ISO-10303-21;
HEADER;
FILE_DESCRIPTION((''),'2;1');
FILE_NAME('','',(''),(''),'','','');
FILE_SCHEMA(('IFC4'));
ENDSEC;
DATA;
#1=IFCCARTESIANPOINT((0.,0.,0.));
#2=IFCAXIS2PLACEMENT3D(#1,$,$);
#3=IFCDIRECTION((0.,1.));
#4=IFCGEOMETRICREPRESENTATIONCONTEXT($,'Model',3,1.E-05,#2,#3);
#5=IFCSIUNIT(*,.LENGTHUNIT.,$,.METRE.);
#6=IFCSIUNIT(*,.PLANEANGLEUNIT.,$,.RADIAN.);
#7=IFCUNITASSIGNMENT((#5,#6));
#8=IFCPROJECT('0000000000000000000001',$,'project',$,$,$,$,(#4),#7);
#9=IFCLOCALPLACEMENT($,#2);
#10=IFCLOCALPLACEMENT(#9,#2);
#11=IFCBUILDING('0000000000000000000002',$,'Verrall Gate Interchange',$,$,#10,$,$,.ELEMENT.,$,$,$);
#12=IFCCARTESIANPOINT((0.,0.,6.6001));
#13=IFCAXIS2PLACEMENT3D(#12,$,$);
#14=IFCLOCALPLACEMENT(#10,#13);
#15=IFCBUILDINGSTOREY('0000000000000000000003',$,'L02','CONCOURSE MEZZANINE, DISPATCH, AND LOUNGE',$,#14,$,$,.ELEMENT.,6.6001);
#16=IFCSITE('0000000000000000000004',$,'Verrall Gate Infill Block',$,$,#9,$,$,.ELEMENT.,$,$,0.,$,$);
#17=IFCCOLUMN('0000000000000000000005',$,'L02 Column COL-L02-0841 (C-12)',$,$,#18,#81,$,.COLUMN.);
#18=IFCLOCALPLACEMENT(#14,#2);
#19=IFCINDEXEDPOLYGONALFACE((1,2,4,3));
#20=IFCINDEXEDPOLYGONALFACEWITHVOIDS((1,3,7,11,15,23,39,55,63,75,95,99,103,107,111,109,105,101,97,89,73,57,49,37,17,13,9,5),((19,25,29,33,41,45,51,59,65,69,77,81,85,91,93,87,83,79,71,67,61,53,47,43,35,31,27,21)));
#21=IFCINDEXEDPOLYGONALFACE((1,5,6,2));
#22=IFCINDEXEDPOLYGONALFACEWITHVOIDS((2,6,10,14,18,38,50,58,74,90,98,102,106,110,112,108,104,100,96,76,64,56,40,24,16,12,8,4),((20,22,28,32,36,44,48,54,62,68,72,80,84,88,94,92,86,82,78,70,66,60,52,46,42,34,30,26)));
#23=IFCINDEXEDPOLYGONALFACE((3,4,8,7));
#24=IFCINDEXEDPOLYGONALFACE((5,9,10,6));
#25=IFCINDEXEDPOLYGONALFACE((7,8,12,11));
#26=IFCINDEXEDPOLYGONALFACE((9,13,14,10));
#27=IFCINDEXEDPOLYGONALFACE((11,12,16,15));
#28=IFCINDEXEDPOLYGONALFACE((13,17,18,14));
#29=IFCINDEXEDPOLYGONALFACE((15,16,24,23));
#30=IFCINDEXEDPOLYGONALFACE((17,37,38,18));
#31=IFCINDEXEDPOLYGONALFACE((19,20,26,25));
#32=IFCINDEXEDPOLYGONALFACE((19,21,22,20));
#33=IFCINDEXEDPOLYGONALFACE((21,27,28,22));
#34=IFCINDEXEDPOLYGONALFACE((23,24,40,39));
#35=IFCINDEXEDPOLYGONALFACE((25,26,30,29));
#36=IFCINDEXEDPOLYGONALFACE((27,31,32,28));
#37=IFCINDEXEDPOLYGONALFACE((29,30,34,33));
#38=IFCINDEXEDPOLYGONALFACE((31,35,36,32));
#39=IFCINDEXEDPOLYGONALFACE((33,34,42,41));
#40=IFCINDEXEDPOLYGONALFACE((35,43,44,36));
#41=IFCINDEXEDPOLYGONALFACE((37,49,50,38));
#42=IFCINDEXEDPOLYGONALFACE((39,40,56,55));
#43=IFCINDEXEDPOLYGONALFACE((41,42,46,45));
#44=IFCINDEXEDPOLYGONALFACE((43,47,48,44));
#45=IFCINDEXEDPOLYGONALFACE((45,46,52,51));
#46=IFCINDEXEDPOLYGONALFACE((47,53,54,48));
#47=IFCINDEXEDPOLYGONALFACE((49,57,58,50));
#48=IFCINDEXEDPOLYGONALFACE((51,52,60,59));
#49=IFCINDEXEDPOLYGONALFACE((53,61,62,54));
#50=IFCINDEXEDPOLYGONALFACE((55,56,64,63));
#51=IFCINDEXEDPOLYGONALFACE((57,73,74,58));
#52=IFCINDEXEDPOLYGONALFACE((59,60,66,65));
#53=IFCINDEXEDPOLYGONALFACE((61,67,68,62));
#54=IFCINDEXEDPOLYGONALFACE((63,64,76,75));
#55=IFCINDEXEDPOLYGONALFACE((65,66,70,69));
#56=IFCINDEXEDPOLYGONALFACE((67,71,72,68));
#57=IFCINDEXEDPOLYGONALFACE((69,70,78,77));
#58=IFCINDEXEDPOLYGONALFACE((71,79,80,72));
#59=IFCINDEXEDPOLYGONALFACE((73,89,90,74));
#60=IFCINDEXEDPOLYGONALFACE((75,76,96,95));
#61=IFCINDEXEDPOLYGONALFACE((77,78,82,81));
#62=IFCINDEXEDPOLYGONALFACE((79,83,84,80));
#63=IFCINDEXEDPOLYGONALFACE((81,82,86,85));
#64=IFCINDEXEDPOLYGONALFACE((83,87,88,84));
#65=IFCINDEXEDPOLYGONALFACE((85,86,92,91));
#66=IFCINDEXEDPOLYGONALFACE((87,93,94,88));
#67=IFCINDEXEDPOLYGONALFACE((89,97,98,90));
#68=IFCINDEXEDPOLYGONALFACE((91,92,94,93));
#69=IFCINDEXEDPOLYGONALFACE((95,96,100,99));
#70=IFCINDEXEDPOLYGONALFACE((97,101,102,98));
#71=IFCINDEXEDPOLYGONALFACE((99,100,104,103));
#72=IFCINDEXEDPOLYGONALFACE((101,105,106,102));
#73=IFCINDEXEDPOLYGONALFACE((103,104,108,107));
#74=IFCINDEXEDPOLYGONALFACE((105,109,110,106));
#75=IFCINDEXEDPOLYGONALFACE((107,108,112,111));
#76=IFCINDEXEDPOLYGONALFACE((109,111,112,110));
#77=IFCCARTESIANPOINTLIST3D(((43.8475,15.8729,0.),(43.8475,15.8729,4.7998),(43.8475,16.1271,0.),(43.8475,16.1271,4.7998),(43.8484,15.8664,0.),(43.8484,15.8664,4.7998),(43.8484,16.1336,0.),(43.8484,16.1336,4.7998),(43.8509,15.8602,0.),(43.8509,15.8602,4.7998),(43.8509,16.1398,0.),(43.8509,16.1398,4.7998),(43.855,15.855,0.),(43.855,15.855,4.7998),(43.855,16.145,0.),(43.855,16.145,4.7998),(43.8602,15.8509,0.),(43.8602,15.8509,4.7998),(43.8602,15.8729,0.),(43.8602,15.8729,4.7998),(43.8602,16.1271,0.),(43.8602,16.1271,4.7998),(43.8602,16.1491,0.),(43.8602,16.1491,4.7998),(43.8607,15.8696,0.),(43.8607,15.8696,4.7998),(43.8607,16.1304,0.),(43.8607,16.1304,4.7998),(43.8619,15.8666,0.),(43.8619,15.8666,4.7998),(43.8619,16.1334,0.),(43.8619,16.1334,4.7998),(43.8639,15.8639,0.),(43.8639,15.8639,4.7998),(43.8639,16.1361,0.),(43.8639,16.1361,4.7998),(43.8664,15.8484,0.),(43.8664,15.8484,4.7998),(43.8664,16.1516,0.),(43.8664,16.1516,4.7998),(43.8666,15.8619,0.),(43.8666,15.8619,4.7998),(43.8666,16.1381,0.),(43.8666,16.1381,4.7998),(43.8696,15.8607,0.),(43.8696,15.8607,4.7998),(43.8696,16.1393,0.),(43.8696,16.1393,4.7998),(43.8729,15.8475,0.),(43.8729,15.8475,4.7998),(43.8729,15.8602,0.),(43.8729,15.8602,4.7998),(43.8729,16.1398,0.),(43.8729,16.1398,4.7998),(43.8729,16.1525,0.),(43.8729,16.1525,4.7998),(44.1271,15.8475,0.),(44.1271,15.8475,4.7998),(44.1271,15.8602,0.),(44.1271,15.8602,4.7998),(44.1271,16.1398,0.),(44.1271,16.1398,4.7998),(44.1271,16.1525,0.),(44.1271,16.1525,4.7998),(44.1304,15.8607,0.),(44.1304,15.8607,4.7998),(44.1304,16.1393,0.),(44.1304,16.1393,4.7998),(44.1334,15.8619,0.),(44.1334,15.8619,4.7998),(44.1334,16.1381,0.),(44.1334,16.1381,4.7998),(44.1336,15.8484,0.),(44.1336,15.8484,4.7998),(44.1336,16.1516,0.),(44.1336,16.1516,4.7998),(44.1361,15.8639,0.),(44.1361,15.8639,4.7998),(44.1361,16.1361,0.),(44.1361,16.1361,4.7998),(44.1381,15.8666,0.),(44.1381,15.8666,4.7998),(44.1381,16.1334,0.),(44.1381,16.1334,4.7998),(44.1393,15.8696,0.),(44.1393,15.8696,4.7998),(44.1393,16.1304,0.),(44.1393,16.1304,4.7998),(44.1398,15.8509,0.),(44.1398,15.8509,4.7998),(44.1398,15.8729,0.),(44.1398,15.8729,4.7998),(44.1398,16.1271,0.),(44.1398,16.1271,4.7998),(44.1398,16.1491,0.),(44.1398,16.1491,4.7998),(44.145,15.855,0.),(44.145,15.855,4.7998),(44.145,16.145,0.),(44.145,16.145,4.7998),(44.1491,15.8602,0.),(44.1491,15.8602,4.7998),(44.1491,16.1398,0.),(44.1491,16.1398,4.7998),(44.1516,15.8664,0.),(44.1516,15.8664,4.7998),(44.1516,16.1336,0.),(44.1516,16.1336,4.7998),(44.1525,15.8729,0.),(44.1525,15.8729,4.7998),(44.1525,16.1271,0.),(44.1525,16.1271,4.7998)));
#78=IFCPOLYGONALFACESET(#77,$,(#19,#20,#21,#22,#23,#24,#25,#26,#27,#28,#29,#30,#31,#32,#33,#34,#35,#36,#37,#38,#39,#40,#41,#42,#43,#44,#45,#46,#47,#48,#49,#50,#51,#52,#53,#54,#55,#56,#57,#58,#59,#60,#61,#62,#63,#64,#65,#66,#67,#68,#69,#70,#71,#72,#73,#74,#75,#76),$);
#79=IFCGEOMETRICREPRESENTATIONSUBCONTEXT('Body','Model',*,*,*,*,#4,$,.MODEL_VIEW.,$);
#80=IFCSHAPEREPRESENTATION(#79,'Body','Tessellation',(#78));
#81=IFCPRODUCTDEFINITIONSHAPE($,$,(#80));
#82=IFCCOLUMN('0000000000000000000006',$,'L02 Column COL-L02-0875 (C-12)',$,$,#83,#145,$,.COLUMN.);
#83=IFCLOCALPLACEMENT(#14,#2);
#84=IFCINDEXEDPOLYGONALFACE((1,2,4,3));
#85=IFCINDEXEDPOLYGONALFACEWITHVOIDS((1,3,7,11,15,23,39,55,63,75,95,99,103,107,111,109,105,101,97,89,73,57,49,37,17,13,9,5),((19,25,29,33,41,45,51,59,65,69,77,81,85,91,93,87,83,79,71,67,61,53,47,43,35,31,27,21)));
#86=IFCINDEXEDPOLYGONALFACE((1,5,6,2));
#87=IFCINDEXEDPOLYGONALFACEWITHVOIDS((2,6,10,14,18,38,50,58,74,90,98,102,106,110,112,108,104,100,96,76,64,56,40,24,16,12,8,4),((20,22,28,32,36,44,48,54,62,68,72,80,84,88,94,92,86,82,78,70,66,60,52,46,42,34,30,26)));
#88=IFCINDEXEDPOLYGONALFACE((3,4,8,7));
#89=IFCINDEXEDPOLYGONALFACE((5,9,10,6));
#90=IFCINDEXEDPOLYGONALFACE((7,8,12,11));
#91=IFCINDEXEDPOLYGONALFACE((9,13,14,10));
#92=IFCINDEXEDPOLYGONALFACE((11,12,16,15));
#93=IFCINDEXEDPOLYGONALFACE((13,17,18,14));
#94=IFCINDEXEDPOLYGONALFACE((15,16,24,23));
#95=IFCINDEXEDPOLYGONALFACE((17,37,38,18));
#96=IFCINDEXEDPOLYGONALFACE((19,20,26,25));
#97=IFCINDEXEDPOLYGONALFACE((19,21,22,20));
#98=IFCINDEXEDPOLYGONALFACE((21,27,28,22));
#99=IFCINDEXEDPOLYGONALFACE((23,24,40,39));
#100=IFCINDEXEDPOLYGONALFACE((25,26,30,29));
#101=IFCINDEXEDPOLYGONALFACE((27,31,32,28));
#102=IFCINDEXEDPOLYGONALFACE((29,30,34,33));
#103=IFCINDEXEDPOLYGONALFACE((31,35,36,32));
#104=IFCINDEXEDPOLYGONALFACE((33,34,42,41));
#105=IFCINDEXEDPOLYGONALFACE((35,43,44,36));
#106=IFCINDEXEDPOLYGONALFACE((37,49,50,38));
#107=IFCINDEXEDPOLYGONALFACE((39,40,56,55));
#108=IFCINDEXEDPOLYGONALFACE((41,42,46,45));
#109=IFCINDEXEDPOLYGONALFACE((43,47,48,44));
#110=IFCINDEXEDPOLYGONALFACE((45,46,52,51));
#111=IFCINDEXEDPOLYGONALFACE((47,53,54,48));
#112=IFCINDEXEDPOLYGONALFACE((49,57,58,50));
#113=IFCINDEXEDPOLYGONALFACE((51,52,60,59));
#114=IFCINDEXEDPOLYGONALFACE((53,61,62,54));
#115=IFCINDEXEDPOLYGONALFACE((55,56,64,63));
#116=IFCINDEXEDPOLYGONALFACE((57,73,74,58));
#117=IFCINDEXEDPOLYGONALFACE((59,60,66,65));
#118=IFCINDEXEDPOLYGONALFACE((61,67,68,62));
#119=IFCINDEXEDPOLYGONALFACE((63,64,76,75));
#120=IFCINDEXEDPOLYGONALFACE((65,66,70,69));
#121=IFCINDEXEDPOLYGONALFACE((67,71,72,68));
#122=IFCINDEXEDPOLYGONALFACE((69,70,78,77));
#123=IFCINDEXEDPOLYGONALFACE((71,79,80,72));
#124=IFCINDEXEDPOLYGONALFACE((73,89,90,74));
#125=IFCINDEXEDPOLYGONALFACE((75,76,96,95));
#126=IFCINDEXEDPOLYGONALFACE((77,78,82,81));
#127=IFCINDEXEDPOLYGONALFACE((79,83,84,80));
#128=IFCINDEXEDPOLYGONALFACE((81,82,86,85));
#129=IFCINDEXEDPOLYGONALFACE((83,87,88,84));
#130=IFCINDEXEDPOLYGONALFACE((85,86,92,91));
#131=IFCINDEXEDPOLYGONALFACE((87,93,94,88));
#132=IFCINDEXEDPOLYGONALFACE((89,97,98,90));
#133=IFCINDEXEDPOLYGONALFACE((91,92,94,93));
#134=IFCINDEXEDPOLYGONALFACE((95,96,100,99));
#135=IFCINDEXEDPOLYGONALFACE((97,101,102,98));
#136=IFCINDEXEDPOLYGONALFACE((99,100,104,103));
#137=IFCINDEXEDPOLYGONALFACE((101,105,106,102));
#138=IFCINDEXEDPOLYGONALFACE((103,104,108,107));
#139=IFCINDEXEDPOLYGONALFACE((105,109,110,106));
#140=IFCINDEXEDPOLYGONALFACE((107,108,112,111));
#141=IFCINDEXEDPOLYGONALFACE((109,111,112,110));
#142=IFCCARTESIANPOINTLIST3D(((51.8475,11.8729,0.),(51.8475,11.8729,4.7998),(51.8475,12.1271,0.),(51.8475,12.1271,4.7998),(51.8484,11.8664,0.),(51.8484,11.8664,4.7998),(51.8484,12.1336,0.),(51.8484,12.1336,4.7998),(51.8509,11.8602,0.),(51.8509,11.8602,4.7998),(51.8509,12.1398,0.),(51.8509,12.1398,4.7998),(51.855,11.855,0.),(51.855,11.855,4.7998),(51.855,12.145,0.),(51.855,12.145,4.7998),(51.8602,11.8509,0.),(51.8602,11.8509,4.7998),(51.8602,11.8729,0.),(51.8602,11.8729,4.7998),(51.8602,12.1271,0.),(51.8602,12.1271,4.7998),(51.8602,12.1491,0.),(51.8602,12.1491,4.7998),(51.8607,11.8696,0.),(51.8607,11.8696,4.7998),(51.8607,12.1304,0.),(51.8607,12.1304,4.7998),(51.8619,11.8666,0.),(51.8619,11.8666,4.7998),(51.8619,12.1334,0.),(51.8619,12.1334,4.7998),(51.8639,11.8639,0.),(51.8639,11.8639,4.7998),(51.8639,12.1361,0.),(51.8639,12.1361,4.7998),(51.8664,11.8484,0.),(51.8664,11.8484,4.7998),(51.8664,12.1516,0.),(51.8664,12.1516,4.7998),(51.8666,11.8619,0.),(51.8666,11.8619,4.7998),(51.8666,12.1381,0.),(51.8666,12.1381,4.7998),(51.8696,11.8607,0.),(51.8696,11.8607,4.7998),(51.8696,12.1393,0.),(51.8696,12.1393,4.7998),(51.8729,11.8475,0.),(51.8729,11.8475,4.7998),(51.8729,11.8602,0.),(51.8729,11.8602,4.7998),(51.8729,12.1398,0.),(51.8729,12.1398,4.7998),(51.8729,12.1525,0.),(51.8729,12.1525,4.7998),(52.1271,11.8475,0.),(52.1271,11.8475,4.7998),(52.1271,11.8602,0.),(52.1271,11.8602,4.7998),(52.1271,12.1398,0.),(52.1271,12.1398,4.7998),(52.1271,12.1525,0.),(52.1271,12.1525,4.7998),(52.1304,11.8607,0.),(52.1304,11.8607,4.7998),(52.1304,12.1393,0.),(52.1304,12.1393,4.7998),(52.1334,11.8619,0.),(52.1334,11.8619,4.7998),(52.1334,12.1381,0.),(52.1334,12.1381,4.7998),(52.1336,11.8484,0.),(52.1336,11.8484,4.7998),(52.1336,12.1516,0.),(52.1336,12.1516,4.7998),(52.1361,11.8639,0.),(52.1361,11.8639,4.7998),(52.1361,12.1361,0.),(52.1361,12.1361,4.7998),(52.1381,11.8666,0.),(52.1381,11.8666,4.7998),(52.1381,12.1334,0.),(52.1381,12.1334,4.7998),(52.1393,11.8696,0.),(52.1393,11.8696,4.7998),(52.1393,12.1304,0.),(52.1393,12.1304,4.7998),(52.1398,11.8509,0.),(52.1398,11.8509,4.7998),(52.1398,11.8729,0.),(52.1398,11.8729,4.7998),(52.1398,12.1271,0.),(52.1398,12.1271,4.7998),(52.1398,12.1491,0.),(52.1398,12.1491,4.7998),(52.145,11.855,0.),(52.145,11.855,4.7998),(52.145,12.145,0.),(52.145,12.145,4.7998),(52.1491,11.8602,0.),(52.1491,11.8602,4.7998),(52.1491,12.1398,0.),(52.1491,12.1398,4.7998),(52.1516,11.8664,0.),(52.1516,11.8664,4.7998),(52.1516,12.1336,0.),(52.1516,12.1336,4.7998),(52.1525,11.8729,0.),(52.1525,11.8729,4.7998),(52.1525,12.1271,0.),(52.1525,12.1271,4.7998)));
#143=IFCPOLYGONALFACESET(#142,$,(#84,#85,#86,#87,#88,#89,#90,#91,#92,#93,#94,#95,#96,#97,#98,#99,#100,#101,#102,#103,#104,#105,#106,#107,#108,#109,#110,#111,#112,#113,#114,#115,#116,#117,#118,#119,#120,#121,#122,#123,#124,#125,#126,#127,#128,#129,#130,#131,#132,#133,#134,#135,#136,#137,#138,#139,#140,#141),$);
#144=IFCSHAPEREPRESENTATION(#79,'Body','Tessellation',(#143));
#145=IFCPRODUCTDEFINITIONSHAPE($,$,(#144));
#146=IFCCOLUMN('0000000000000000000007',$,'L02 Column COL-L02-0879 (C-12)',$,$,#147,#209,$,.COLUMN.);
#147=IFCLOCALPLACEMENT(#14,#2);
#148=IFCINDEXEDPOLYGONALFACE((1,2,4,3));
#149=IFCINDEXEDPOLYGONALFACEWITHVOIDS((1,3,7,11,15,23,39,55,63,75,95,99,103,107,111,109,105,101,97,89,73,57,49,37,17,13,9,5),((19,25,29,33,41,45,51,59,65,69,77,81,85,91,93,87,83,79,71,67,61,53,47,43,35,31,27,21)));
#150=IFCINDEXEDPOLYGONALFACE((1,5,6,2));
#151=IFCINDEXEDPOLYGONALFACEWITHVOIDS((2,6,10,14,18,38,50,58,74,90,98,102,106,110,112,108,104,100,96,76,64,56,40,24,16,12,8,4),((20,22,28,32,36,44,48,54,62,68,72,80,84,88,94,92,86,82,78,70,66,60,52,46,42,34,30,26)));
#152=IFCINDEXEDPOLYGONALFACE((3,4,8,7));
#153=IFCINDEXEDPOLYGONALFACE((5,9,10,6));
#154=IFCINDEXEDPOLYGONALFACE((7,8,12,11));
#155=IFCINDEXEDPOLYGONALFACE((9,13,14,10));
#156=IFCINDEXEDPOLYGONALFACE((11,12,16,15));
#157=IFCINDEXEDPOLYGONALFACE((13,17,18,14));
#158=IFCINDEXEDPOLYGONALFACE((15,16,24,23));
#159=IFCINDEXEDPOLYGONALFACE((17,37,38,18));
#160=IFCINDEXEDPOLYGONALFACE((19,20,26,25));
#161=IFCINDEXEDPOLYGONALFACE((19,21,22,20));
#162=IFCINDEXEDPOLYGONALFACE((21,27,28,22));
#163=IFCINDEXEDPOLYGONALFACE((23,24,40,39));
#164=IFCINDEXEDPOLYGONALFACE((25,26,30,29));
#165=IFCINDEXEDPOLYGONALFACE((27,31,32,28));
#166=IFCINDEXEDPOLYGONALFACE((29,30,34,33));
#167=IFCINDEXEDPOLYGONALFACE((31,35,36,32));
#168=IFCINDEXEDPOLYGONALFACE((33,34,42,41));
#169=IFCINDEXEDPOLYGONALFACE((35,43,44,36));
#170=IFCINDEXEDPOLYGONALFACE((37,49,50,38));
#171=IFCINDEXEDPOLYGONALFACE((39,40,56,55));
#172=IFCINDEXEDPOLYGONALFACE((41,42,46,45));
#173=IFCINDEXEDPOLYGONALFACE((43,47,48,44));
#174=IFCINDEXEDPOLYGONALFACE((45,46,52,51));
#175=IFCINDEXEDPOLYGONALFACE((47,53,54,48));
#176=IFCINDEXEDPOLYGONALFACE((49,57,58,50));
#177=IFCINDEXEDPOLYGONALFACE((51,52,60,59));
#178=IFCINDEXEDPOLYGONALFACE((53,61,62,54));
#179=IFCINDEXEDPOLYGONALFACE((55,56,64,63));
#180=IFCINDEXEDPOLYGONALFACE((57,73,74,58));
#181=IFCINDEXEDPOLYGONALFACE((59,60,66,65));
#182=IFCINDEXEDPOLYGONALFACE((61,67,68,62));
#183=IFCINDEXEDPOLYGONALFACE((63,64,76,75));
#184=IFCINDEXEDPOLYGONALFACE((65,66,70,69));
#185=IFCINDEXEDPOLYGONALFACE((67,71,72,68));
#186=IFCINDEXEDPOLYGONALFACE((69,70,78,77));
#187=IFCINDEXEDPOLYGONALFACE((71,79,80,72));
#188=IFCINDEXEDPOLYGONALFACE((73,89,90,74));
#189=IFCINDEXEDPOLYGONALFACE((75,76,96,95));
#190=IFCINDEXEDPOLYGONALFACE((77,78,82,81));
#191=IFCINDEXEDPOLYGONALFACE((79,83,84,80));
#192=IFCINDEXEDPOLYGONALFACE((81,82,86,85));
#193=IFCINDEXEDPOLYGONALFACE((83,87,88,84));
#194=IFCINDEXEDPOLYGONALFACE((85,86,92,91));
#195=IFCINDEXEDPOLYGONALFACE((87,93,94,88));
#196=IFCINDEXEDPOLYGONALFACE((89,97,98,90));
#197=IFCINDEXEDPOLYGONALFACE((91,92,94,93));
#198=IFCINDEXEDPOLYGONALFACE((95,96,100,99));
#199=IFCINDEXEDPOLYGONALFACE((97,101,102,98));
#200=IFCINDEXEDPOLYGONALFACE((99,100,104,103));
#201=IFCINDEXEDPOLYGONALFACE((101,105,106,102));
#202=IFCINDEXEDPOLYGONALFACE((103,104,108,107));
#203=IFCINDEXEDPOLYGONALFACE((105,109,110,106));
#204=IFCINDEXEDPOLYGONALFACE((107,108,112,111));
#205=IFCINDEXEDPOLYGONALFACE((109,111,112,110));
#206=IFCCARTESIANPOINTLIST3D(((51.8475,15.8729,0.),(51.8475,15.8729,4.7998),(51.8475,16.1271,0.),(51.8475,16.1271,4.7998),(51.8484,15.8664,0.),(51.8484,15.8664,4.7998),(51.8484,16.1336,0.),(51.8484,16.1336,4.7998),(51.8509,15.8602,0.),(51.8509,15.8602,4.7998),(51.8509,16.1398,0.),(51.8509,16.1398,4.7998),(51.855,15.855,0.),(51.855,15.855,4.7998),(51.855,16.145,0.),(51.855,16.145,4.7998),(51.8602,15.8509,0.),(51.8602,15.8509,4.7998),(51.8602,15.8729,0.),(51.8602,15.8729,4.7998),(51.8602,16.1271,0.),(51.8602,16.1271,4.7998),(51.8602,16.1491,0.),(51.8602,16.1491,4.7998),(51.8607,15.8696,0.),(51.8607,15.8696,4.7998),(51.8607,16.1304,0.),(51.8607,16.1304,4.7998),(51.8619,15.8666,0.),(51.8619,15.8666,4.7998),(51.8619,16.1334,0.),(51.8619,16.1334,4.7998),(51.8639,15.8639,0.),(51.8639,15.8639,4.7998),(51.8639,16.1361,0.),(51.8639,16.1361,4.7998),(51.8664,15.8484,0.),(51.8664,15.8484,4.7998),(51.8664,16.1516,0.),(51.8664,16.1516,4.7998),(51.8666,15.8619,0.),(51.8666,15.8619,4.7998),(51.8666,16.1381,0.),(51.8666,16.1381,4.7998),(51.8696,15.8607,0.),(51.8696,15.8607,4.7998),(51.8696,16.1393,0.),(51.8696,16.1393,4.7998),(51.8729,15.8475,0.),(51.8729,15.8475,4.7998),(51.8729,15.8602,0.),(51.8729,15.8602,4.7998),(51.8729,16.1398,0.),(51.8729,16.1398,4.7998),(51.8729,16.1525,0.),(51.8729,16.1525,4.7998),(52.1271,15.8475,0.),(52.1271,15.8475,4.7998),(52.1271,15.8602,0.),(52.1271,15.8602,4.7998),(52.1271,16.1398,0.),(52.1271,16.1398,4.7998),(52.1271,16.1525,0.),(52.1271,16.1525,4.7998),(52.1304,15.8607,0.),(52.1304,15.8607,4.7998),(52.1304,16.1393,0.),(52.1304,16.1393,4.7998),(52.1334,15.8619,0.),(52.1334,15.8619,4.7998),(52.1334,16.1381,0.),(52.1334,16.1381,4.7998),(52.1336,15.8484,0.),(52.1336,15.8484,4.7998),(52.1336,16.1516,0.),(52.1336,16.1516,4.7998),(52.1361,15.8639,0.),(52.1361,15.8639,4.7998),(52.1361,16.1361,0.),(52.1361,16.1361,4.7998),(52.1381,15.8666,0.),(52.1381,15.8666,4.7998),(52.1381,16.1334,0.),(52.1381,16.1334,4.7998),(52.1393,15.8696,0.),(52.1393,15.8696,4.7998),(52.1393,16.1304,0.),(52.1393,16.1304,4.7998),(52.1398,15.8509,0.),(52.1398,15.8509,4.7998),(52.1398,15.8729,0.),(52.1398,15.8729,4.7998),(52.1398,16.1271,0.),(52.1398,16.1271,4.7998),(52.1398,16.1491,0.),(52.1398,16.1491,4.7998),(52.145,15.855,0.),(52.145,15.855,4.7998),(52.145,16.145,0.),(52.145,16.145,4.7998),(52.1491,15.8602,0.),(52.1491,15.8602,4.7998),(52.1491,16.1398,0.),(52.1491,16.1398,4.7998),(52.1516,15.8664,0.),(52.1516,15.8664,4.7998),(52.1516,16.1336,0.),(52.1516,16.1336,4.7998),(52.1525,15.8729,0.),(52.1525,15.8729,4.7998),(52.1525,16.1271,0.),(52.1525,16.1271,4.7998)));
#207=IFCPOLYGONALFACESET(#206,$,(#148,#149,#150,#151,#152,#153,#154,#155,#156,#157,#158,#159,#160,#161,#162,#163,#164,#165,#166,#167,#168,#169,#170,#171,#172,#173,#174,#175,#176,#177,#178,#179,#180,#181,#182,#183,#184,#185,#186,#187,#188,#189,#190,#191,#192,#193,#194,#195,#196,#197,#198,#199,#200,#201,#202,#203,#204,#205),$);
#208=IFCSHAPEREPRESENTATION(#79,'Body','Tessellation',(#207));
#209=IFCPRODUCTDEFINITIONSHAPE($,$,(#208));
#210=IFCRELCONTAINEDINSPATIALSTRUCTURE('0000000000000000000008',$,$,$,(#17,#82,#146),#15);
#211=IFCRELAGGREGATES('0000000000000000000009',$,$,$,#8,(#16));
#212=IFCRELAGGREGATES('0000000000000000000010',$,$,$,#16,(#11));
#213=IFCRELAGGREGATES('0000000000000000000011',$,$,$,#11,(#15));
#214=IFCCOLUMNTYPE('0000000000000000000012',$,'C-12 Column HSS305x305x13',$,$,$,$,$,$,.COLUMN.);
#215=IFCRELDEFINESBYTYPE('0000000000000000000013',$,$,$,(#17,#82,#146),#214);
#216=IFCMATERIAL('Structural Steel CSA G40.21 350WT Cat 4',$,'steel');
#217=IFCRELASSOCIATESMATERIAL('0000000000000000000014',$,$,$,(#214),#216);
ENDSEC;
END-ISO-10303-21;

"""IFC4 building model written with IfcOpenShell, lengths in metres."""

from ifc_helpers import new_model, si_unit, direction, frame, origin, origin_2d, place, context, subcontext, project, spatial, hollow_rectangle, extrude, material, material_profile, profile_set, type_object, element, save


model = new_model("IFC4")

# Units and contexts
model_context = context("Model", 3, precision=1e-05, world=origin(), true_north=direction((0.0, 1.0)))
body_context = subcontext(model_context, "Body", "Model", "MODEL_VIEW")
ifc_project = project(units=[si_unit("LENGTHUNIT", "METRE"), si_unit("PLANEANGLEUNIT", "RADIAN")], contexts=[model_context])

# Site, building, storey
site_placement = place(None, origin())
site = spatial("IfcSite", under=ifc_project, at=site_placement, Name="Verrall Gate Infill Block", CompositionType="ELEMENT", RefElevation=0.0)
building_placement = place(site_placement, origin())
building = spatial("IfcBuilding", under=site, at=building_placement, Name="Verrall Gate Interchange", CompositionType="ELEMENT")
storey_placement = place(building_placement, frame((0.0, 0.0, 6.6001)))
storey = spatial("IfcBuildingStorey", under=building, at=storey_placement, Name="L02", Description="CONCOURSE MEZZANINE, DISPATCH, AND LOUNGE", CompositionType="ELEMENT", Elevation=6.6001)

# Columns
ifc_material_1 = material(Name="Structural Steel CSA G40.21 350WT Cat 4", Category="steel")
ifc_material_profile_1 = material_profile(ifc_material_1, hollow_rectangle(XDim=0.3049, YDim=0.3049, WallThickness=0.0127, InnerFilletRadius=0.0127, OuterFilletRadius=0.0254, at=origin_2d()), Name="HSS305x305x13")
ifc_profile_set_1 = profile_set([ifc_material_profile_1], Name="Structural Steel CSA G40.21 350WT Cat 4")
column_type = type_object("IfcColumnType", Name="C-12 Column HSS305x305x13", PredefinedType="COLUMN", material=ifc_profile_set_1)
for number, where, z_axis, x_axis, name in (
    (1, (44.0, 16.0, 0.0), (0.0, 0.0, 1.0), (1.0, 0.0, 0.0), "L02 Column COL-L02-0841 (C-12)"),
    (2, (52.0, 12.0, 0.0), (0.0, 0.0, 1.0), (1.0, 0.0, 0.0), "L02 Column COL-L02-0875 (C-12)"),
    (3, (52.0, 16.0, 0.0), (0.0, 0.0, 1.0), (1.0, 0.0, 0.0), "L02 Column COL-L02-0879 (C-12)"),
):
    element("IfcColumn", number, at=place(storey_placement, frame(where, z_axis=z_axis, x_axis=x_axis)), inside=storey, type_object=column_type, Name=name, PredefinedType="COLUMN", context=body_context, shape_type="SweptSolid", body=[
        extrude(hollow_rectangle(XDim=0.3049, YDim=0.3049, WallThickness=0.0127, InnerFilletRadius=0.0127, OuterFilletRadius=0.0254, at=origin_2d()), origin(), (0.0, 0.0, 1.0), 4.7998),
    ])

save(model, "model.ifc")
